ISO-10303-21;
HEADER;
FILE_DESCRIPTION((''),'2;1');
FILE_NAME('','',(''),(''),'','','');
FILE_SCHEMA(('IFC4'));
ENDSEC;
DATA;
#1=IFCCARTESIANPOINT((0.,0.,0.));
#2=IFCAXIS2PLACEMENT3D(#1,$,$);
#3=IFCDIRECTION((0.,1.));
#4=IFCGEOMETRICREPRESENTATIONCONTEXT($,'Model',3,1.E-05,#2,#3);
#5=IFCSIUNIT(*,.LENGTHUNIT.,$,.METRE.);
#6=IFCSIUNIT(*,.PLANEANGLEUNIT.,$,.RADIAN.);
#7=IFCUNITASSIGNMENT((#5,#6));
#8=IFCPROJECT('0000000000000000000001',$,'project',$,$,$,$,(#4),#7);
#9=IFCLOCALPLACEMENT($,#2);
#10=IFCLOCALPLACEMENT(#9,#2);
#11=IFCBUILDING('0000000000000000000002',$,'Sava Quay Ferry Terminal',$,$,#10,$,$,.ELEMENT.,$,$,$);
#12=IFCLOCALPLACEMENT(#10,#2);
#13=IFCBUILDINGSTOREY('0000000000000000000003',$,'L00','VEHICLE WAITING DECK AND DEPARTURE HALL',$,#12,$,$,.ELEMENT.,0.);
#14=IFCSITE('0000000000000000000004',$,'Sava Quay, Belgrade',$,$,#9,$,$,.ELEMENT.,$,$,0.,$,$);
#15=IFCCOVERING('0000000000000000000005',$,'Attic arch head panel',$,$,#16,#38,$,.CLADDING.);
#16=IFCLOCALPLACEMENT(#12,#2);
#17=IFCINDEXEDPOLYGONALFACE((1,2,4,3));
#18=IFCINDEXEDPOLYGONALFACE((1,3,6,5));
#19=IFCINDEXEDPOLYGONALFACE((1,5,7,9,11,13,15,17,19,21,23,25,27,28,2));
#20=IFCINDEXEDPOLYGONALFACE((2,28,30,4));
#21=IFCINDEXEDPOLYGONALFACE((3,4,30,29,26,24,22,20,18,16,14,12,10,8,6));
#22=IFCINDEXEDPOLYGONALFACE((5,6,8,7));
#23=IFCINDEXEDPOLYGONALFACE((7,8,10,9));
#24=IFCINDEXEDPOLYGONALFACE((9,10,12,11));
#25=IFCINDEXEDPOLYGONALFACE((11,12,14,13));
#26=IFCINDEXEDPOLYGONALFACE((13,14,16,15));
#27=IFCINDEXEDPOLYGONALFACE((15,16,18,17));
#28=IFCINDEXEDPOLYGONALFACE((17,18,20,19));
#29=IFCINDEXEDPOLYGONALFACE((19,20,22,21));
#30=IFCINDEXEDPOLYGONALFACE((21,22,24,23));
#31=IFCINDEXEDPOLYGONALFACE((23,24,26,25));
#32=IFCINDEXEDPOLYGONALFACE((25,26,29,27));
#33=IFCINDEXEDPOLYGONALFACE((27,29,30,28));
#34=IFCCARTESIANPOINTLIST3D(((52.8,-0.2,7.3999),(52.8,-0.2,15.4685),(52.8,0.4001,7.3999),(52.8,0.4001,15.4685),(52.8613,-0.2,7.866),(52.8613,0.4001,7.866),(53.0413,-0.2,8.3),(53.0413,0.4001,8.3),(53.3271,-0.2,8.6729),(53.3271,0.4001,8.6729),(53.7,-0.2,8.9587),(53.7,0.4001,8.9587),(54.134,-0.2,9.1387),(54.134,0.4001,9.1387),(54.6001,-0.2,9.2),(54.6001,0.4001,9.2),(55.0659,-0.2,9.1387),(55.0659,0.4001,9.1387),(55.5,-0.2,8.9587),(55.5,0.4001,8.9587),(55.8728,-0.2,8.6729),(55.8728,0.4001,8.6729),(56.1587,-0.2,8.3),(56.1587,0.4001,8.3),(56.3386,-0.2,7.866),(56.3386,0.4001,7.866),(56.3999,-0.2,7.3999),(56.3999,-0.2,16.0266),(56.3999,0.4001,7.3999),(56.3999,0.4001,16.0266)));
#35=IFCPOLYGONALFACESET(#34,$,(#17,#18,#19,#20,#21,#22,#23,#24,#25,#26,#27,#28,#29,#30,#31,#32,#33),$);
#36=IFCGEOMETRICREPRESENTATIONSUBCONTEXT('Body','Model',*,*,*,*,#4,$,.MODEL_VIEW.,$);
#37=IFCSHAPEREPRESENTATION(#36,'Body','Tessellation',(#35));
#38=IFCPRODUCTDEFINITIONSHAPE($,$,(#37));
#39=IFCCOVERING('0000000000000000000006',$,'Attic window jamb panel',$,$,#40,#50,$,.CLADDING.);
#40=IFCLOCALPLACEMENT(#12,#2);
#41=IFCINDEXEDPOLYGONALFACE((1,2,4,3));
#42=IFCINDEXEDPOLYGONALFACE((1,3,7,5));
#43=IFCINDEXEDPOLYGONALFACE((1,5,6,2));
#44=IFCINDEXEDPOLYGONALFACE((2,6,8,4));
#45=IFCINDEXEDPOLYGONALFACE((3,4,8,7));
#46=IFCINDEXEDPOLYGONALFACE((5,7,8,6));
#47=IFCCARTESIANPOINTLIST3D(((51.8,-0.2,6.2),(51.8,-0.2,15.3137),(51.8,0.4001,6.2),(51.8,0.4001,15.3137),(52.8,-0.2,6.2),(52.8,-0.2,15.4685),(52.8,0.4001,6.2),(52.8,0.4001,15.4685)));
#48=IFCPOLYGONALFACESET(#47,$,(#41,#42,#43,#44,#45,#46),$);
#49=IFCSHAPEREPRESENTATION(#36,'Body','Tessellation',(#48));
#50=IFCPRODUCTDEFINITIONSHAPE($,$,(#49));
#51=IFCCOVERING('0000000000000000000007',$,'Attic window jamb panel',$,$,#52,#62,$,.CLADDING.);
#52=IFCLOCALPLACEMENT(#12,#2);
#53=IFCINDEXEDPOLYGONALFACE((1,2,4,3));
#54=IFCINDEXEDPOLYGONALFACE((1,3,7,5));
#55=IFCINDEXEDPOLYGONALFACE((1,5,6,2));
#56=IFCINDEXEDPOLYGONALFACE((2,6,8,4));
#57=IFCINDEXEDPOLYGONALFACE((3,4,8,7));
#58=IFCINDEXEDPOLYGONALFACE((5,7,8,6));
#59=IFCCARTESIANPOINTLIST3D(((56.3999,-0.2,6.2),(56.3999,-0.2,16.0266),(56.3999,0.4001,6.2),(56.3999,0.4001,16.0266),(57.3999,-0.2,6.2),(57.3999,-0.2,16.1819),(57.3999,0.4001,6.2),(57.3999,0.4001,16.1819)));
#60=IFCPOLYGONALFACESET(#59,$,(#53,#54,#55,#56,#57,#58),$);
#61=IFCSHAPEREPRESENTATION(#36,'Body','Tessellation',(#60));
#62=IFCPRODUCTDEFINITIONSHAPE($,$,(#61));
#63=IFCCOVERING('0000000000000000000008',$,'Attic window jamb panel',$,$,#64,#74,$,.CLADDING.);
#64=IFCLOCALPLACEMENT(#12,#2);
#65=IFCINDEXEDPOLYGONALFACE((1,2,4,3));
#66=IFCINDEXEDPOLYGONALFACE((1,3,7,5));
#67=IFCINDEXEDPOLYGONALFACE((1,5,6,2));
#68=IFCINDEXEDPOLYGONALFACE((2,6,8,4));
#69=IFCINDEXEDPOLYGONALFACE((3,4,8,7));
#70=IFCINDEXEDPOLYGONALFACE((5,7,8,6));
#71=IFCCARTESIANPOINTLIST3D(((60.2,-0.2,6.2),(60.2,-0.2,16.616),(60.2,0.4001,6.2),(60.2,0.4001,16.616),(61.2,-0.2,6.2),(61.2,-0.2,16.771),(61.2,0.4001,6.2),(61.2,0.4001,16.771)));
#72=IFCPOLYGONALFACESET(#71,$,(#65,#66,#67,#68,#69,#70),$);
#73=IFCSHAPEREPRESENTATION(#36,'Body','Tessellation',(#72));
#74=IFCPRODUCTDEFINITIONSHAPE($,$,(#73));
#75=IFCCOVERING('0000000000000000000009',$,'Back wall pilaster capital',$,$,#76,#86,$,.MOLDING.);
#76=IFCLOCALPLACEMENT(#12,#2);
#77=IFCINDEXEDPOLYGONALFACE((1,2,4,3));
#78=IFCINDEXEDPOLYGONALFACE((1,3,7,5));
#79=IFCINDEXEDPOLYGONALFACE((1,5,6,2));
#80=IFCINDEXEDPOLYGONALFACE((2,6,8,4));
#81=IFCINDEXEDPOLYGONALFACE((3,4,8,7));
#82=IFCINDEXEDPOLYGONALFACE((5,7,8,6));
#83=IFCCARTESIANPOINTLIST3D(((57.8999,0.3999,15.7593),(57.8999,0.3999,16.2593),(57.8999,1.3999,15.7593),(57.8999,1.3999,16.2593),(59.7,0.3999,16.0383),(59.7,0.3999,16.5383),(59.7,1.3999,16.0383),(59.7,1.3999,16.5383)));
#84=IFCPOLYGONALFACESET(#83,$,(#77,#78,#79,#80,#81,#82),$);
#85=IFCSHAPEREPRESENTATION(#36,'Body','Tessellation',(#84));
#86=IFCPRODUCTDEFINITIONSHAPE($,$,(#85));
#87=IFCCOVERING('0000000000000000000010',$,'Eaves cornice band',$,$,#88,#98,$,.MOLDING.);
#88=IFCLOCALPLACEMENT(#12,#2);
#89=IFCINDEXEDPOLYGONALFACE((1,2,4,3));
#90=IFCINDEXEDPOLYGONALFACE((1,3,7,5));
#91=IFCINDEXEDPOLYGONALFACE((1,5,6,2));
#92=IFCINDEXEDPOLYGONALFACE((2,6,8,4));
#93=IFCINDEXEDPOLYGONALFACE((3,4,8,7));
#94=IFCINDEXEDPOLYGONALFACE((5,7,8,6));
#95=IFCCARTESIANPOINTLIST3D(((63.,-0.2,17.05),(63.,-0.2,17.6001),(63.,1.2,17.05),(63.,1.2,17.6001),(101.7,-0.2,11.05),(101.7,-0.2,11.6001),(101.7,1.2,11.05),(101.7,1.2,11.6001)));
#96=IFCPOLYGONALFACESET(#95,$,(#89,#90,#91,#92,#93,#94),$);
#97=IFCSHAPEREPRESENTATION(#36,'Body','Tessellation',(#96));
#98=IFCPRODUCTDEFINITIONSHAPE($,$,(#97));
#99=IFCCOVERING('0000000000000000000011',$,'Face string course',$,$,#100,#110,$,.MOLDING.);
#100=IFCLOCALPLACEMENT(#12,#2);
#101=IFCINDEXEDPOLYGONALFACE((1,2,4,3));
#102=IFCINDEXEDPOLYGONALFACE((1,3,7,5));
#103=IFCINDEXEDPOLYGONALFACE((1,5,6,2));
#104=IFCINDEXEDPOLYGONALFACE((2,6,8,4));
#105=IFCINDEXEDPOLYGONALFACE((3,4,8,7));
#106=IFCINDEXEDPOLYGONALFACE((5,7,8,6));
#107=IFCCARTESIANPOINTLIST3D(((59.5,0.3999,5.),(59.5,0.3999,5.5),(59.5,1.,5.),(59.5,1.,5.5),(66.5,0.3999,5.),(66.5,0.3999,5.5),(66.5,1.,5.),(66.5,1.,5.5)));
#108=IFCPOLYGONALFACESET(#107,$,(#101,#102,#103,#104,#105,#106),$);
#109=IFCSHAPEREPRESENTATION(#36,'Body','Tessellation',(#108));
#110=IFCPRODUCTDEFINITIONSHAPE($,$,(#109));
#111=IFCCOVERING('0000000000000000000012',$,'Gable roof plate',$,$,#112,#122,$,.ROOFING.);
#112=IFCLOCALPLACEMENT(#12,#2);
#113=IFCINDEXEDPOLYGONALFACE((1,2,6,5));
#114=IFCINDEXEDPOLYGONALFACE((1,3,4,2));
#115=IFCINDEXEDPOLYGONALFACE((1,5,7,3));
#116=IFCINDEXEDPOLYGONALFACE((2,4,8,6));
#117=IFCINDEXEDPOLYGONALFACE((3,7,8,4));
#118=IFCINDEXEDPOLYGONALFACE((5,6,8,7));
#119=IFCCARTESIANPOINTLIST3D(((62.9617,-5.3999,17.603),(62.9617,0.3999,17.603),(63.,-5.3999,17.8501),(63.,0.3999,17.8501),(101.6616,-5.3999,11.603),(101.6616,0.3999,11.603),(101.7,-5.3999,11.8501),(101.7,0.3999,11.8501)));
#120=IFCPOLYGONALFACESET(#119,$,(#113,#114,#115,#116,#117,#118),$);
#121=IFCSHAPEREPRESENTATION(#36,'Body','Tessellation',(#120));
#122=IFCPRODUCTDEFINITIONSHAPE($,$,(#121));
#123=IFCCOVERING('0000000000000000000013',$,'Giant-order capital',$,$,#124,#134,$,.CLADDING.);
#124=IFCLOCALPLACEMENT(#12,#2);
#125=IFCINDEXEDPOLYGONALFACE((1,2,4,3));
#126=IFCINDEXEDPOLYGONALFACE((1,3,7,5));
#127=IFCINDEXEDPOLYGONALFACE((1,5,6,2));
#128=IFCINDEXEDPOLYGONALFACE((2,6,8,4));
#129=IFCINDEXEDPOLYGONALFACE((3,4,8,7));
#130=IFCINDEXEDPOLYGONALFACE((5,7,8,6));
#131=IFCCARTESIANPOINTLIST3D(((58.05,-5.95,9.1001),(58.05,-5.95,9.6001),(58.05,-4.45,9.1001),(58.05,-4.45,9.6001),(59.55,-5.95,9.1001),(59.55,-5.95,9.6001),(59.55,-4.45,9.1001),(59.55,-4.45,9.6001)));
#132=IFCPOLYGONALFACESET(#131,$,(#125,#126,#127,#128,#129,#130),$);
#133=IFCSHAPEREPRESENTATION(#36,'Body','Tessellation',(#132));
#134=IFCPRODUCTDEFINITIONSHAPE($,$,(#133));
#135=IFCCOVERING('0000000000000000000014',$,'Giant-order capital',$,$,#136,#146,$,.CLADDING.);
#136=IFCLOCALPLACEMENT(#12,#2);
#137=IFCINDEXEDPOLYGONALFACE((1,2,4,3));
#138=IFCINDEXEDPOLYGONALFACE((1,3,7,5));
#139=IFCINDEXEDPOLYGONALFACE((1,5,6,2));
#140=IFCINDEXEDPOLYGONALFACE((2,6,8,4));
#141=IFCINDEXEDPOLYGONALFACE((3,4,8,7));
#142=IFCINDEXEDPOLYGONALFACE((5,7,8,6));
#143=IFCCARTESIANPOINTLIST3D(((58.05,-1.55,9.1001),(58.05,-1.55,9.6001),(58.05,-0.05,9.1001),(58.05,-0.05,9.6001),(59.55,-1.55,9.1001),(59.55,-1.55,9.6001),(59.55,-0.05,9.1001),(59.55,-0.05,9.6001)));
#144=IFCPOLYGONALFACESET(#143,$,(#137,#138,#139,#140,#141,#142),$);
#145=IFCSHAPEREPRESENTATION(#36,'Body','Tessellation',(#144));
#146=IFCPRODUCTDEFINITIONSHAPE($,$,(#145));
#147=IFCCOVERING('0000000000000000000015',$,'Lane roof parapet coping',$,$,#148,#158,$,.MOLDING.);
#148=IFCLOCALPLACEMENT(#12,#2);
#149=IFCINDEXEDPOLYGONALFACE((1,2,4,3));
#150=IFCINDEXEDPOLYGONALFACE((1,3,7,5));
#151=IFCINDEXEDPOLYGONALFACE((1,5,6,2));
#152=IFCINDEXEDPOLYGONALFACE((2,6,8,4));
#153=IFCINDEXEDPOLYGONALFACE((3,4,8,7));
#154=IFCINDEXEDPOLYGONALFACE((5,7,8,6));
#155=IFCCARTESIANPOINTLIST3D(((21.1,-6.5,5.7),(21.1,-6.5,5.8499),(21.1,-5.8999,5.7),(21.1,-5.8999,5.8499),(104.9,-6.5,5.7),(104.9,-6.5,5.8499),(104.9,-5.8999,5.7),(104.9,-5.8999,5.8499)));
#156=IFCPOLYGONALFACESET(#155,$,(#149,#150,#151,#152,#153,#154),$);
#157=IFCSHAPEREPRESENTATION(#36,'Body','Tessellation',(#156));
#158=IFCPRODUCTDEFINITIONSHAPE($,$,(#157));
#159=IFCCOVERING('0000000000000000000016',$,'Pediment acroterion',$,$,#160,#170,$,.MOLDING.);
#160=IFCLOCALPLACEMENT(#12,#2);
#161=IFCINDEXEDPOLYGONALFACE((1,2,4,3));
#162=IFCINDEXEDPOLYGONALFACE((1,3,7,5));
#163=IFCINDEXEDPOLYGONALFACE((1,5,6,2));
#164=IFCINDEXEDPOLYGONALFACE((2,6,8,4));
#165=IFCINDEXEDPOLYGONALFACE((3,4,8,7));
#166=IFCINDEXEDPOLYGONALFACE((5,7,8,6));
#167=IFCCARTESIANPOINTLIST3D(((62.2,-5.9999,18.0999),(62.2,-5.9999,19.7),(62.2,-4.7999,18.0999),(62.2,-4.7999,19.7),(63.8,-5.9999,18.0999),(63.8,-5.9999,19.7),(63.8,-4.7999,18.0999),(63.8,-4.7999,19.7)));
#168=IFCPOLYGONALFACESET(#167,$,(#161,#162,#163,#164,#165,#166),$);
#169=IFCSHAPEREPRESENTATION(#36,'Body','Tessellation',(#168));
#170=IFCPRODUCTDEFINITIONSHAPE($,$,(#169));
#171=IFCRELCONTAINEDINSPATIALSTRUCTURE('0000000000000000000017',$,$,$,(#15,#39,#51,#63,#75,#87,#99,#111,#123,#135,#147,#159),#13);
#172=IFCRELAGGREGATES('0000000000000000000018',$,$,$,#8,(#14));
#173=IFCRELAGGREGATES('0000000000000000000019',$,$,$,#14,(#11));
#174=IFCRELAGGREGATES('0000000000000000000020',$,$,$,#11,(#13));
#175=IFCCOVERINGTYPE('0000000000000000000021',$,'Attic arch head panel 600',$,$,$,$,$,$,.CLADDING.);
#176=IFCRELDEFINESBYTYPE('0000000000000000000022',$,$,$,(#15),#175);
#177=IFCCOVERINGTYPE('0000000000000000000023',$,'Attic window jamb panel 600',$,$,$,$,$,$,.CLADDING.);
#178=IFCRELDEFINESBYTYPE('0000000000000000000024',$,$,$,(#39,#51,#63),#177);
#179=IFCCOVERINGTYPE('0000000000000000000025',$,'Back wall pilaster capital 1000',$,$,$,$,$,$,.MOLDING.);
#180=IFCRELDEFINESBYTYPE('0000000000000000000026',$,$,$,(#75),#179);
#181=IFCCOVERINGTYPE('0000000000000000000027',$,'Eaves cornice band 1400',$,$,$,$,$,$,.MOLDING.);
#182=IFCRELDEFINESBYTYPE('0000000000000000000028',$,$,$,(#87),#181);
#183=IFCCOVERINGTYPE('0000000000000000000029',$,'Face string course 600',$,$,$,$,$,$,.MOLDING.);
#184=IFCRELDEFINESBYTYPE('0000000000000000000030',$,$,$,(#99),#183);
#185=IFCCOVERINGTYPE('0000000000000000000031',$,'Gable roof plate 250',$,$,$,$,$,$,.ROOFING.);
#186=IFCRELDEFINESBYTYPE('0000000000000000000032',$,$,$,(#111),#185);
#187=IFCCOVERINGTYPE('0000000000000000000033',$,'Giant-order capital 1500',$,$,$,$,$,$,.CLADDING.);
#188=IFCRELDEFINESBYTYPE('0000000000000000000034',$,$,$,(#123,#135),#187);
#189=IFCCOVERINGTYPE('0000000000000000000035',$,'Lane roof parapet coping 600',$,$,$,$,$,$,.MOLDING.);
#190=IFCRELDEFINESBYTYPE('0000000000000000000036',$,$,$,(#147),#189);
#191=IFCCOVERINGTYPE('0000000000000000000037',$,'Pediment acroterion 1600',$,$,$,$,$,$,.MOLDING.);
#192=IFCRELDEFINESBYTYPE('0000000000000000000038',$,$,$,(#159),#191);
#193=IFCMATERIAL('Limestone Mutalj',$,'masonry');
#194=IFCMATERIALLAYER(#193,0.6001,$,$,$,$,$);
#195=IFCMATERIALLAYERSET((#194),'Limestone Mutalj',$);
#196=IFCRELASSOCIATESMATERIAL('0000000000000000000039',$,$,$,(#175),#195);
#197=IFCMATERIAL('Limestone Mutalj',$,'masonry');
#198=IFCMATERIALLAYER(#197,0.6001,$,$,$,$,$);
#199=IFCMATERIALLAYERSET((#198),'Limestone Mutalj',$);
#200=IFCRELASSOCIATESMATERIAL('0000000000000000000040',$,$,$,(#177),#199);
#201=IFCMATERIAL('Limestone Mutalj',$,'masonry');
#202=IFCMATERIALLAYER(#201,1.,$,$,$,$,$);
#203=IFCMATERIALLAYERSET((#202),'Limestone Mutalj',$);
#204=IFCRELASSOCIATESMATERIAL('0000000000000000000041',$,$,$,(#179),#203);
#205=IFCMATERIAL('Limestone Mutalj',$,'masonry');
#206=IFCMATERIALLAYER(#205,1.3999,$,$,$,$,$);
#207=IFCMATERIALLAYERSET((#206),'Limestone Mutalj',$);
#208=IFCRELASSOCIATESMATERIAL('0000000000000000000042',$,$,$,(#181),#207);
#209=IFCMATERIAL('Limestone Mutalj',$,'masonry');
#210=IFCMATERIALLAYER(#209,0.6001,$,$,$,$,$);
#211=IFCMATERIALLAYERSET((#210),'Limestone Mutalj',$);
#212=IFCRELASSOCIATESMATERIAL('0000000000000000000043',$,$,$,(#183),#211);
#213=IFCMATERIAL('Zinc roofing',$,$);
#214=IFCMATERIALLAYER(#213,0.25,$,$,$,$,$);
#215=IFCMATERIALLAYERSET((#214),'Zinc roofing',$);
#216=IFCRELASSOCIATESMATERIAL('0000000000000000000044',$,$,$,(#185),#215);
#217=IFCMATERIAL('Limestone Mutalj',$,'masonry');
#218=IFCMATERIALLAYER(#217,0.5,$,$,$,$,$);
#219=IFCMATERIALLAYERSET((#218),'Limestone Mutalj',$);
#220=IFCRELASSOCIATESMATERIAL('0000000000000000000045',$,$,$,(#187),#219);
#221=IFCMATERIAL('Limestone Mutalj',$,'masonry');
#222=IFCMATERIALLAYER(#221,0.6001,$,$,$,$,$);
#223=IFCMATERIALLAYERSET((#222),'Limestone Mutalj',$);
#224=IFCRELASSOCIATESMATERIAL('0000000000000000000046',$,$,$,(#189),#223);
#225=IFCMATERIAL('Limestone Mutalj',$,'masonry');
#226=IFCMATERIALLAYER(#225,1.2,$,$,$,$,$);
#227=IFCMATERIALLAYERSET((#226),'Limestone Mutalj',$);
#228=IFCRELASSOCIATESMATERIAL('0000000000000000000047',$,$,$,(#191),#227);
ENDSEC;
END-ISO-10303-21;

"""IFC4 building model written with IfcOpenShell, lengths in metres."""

from ifc_helpers import new_model, si_unit, direction, frame, origin, origin_2d, place, context, subcontext, project, spatial, polyline, rectangle, outline, extrude, material, layer, layer_set, type_object, element, save


model = new_model("IFC4")

# Units and contexts
model_context = context("Model", 3, precision=1e-05, world=origin(), true_north=direction((0.0, 1.0)))
body_context = subcontext(model_context, "Body", "Model", "MODEL_VIEW")
ifc_project = project(units=[si_unit("LENGTHUNIT", "METRE"), si_unit("PLANEANGLEUNIT", "RADIAN")], contexts=[model_context])

# Site, building, storey
site_placement = place(None, origin())
site = spatial("IfcSite", under=ifc_project, at=site_placement, Name="Sava Quay, Belgrade", CompositionType="ELEMENT", RefElevation=0.0)
building_placement = place(site_placement, origin())
building = spatial("IfcBuilding", under=site, at=building_placement, Name="Sava Quay Ferry Terminal", CompositionType="ELEMENT")
storey_placement = place(building_placement, origin())
storey = spatial("IfcBuildingStorey", under=building, at=storey_placement, Name="L00", Description="VEHICLE WAITING DECK AND DEPARTURE HALL", CompositionType="ELEMENT", Elevation=0.0)

# Coverings
ifc_material_1 = material(Name="Limestone Mutalj", Category="masonry")
ifc_layer_1 = layer(ifc_material_1, 0.6001)
ifc_layer_set_1 = layer_set([ifc_layer_1], Name="Limestone Mutalj")
covering_type_1 = type_object("IfcCoveringType", Name="Attic arch head panel 600", PredefinedType="CLADDING", material=ifc_layer_set_1)
covering_1_placement = place(storey_placement, frame((52.8, -0.2, 7.3999), z_axis=(0.0, -1.0, 0.0), x_axis=(0.13036, 0.0, 0.991467)))
element("IfcCovering", 1, at=covering_1_placement, inside=storey, type_object=covering_type_1, Name="Attic arch head panel", PredefinedType="CLADDING", context=body_context, shape_type="SweptSolid", body=[
    extrude(outline(polyline([(0.0, 0.0), (0.4701, 0.0), (0.9239, -0.1218), (1.3308, -0.3567), (1.6628, -0.689), (1.8978, -1.0959), (2.0193, -1.55), (2.0193, -2.0199), (1.8975, -2.4737), (1.6627, -2.8806), (1.3303, -3.2126), (0.9234, -3.4476), (0.4693, -3.5691), (9.0224, -2.4446), (7.9998, 1.0518), (0.0, 0.0)])), origin(), (0.0, 0.0, -1.0), 0.6001),
])
ifc_material_2 = material(Name="Limestone Mutalj", Category="masonry")
ifc_layer_2 = layer(ifc_material_2, 0.6001)
ifc_layer_set_2 = layer_set([ifc_layer_2], Name="Limestone Mutalj")
covering_type_2 = type_object("IfcCoveringType", Name="Attic window jamb panel 600", PredefinedType="CLADDING", material=ifc_layer_set_2)
covering_2_placement = place(storey_placement, frame((51.8, -0.2, 6.2), z_axis=(0.0, -1.0, 0.0), x_axis=(1.0, 0.0, 0.0)))
element("IfcCovering", 2, at=covering_2_placement, inside=storey, type_object=covering_type_2, Name="Attic window jamb panel", PredefinedType="CLADDING", context=body_context, shape_type="SweptSolid", body=[
    extrude(outline(polyline([(0.0, 0.0), (1.0, 0.0), (1.0, 9.2686), (0.0, 9.1138), (0.0, 0.0)])), origin(), (0.0, 0.0, -1.0), 0.6001),
])
covering_3_placement = place(storey_placement, frame((56.3999, -0.2, 6.2), z_axis=(0.0, -1.0, 0.0), x_axis=(1.0, 0.0, 0.0)))
element("IfcCovering", 3, at=covering_3_placement, inside=storey, type_object=covering_type_2, Name="Attic window jamb panel", PredefinedType="CLADDING", context=body_context, shape_type="SweptSolid", body=[
    extrude(outline(polyline([(0.0, 0.0), (1.0, 0.0), (1.0, 9.9819), (0.0, 9.8267), (0.0, 0.0)])), origin(), (0.0, 0.0, -1.0), 0.6001),
])
covering_4_placement = place(storey_placement, frame((60.2, -0.2, 6.2), z_axis=(0.0, -1.0, 0.0), x_axis=(1.0, 0.0, 0.0)))
element("IfcCovering", 4, at=covering_4_placement, inside=storey, type_object=covering_type_2, Name="Attic window jamb panel", PredefinedType="CLADDING", context=body_context, shape_type="SweptSolid", body=[
    extrude(outline(polyline([(0.0, 0.0), (1.0, 0.0), (1.0, 10.571), (0.0, 10.416), (0.0, 0.0)])), origin(), (0.0, 0.0, -1.0), 0.6001),
])
ifc_material_3 = material(Name="Limestone Mutalj", Category="masonry")
ifc_layer_3 = layer(ifc_material_3, 1.0)
ifc_layer_set_3 = layer_set([ifc_layer_3], Name="Limestone Mutalj")
covering_type_3 = type_object("IfcCoveringType", Name="Back wall pilaster capital 1000", PredefinedType="MOLDING", material=ifc_layer_set_3)
covering_5_placement = place(storey_placement, frame((57.8999, 0.3999, 15.7593), z_axis=(0.0, -1.0, 0.0), x_axis=(0.988196, 0.0, 0.153195)))
element("IfcCovering", 5, at=covering_5_placement, inside=storey, type_object=covering_type_3, Name="Back wall pilaster capital", PredefinedType="MOLDING", context=body_context, shape_type="SweptSolid", body=[
    extrude(outline(polyline([(0.0, 0.0), (1.8216, 0.0), (1.8981, 0.4941), (0.0766, 0.4941), (0.0, 0.0)])), origin(), (0.0, 0.0, -1.0), 1.0),
])
ifc_material_4 = material(Name="Limestone Mutalj", Category="masonry")
ifc_layer_4 = layer(ifc_material_4, 1.3999)
ifc_layer_set_4 = layer_set([ifc_layer_4], Name="Limestone Mutalj")
covering_type_4 = type_object("IfcCoveringType", Name="Eaves cornice band 1400", PredefinedType="MOLDING", material=ifc_layer_set_4)
covering_6_placement = place(storey_placement, frame((63.0, -0.2, 17.05), z_axis=(0.0, -1.0, 0.0), x_axis=(0.988194, 0.0, -0.153209)))
element("IfcCovering", 6, at=covering_6_placement, inside=storey, type_object=covering_type_4, Name="Eaves cornice band", PredefinedType="MOLDING", context=body_context, shape_type="SweptSolid", body=[
    extrude(outline(polyline([(0.0, 0.0), (39.1623, 0.0), (39.078, 0.5436), (-0.0843, 0.5436), (0.0, 0.0)])), origin(), (0.0, 0.0, -1.0), 1.3999),
])
ifc_material_5 = material(Name="Limestone Mutalj", Category="masonry")
ifc_layer_5 = layer(ifc_material_5, 0.6001)
ifc_layer_set_5 = layer_set([ifc_layer_5], Name="Limestone Mutalj")
covering_type_5 = type_object("IfcCoveringType", Name="Face string course 600", PredefinedType="MOLDING", material=ifc_layer_set_5)
covering_7_placement = place(storey_placement, frame((63.0, 0.7, 5.0), z_axis=(0.0, 0.0, 1.0), x_axis=(1.0, 0.0, 0.0)))
element("IfcCovering", 7, at=covering_7_placement, inside=storey, type_object=covering_type_5, Name="Face string course", PredefinedType="MOLDING", context=body_context, shape_type="SweptSolid", body=[
    extrude(rectangle(XDim=7.0, YDim=0.6001, at=origin_2d()), origin(), (0.0, 0.0, 1.0), 0.5),
])
ifc_material_6 = material(Name="Zinc roofing")
ifc_layer_6 = layer(ifc_material_6, 0.25)
ifc_layer_set_6 = layer_set([ifc_layer_6], Name="Zinc roofing")
covering_type_6 = type_object("IfcCoveringType", Name="Gable roof plate 250", PredefinedType="ROOFING", material=ifc_layer_set_6)
covering_8_placement = place(storey_placement, frame((63.0, 0.3999, 17.8501), z_axis=(0.153209, 0.0, 0.988194), x_axis=(0.988194, 0.0, -0.153209)))
element("IfcCovering", 8, at=covering_8_placement, inside=storey, type_object=covering_type_6, Name="Gable roof plate", PredefinedType="ROOFING", context=body_context, shape_type="SweptSolid", body=[
    extrude(outline(polyline([(0.0, 0.0), (39.1623, 0.0), (39.1623, -5.7998), (0.0, -5.7998), (0.0, 0.0)])), origin(), (0.0, 0.0, -1.0), 0.25),
])
ifc_material_7 = material(Name="Limestone Mutalj", Category="masonry")
ifc_layer_7 = layer(ifc_material_7, 0.5)
ifc_layer_set_7 = layer_set([ifc_layer_7], Name="Limestone Mutalj")
covering_type_7 = type_object("IfcCoveringType", Name="Giant-order capital 1500", PredefinedType="CLADDING", material=ifc_layer_set_7)
for number, where, z_axis, x_axis, name in (
    (9, (58.8, -5.2, 9.1001), (0.0, 0.0, 1.0), (1.0, 0.0, 0.0), "Giant-order capital"),
    (10, (58.8, -0.8, 9.1001), (0.0, 0.0, 1.0), (1.0, 0.0, 0.0), "Giant-order capital"),
):
    element("IfcCovering", number, at=place(storey_placement, frame(where, z_axis=z_axis, x_axis=x_axis)), inside=storey, type_object=covering_type_7, Name=name, PredefinedType="CLADDING", context=body_context, shape_type="SweptSolid", body=[
        extrude(rectangle(XDim=1.5, YDim=1.5, at=origin_2d()), origin(), (0.0, 0.0, 1.0), 0.5),
    ])
ifc_material_8 = material(Name="Limestone Mutalj", Category="masonry")
ifc_layer_8 = layer(ifc_material_8, 0.6001)
ifc_layer_set_8 = layer_set([ifc_layer_8], Name="Limestone Mutalj")
covering_type_8 = type_object("IfcCoveringType", Name="Lane roof parapet coping 600", PredefinedType="MOLDING", material=ifc_layer_set_8)
covering_9_placement = place(storey_placement, frame((63.0, -6.2, 5.7), z_axis=(0.0, 0.0, 1.0), x_axis=(1.0, 0.0, 0.0)))
element("IfcCovering", 11, at=covering_9_placement, inside=storey, type_object=covering_type_8, Name="Lane roof parapet coping", PredefinedType="MOLDING", context=body_context, shape_type="SweptSolid", body=[
    extrude(rectangle(XDim=83.8, YDim=0.6001, at=origin_2d()), origin(), (0.0, 0.0, 1.0), 0.1499),
])
ifc_material_9 = material(Name="Limestone Mutalj", Category="masonry")
ifc_layer_9 = layer(ifc_material_9, 1.2)
ifc_layer_set_9 = layer_set([ifc_layer_9], Name="Limestone Mutalj")
covering_type_9 = type_object("IfcCoveringType", Name="Pediment acroterion 1600", PredefinedType="MOLDING", material=ifc_layer_set_9)
covering_10_placement = place(storey_placement, frame((63.0, -5.3999, 18.0999), z_axis=(0.0, 0.0, 1.0), x_axis=(1.0, 0.0, 0.0)))
element("IfcCovering", 12, at=covering_10_placement, inside=storey, type_object=covering_type_9, Name="Pediment acroterion", PredefinedType="MOLDING", context=body_context, shape_type="SweptSolid", body=[
    extrude(rectangle(XDim=1.6001, YDim=1.2, at=origin_2d()), origin(), (0.0, 0.0, 1.0), 1.6001),
])

save(model, "model.ifc")
